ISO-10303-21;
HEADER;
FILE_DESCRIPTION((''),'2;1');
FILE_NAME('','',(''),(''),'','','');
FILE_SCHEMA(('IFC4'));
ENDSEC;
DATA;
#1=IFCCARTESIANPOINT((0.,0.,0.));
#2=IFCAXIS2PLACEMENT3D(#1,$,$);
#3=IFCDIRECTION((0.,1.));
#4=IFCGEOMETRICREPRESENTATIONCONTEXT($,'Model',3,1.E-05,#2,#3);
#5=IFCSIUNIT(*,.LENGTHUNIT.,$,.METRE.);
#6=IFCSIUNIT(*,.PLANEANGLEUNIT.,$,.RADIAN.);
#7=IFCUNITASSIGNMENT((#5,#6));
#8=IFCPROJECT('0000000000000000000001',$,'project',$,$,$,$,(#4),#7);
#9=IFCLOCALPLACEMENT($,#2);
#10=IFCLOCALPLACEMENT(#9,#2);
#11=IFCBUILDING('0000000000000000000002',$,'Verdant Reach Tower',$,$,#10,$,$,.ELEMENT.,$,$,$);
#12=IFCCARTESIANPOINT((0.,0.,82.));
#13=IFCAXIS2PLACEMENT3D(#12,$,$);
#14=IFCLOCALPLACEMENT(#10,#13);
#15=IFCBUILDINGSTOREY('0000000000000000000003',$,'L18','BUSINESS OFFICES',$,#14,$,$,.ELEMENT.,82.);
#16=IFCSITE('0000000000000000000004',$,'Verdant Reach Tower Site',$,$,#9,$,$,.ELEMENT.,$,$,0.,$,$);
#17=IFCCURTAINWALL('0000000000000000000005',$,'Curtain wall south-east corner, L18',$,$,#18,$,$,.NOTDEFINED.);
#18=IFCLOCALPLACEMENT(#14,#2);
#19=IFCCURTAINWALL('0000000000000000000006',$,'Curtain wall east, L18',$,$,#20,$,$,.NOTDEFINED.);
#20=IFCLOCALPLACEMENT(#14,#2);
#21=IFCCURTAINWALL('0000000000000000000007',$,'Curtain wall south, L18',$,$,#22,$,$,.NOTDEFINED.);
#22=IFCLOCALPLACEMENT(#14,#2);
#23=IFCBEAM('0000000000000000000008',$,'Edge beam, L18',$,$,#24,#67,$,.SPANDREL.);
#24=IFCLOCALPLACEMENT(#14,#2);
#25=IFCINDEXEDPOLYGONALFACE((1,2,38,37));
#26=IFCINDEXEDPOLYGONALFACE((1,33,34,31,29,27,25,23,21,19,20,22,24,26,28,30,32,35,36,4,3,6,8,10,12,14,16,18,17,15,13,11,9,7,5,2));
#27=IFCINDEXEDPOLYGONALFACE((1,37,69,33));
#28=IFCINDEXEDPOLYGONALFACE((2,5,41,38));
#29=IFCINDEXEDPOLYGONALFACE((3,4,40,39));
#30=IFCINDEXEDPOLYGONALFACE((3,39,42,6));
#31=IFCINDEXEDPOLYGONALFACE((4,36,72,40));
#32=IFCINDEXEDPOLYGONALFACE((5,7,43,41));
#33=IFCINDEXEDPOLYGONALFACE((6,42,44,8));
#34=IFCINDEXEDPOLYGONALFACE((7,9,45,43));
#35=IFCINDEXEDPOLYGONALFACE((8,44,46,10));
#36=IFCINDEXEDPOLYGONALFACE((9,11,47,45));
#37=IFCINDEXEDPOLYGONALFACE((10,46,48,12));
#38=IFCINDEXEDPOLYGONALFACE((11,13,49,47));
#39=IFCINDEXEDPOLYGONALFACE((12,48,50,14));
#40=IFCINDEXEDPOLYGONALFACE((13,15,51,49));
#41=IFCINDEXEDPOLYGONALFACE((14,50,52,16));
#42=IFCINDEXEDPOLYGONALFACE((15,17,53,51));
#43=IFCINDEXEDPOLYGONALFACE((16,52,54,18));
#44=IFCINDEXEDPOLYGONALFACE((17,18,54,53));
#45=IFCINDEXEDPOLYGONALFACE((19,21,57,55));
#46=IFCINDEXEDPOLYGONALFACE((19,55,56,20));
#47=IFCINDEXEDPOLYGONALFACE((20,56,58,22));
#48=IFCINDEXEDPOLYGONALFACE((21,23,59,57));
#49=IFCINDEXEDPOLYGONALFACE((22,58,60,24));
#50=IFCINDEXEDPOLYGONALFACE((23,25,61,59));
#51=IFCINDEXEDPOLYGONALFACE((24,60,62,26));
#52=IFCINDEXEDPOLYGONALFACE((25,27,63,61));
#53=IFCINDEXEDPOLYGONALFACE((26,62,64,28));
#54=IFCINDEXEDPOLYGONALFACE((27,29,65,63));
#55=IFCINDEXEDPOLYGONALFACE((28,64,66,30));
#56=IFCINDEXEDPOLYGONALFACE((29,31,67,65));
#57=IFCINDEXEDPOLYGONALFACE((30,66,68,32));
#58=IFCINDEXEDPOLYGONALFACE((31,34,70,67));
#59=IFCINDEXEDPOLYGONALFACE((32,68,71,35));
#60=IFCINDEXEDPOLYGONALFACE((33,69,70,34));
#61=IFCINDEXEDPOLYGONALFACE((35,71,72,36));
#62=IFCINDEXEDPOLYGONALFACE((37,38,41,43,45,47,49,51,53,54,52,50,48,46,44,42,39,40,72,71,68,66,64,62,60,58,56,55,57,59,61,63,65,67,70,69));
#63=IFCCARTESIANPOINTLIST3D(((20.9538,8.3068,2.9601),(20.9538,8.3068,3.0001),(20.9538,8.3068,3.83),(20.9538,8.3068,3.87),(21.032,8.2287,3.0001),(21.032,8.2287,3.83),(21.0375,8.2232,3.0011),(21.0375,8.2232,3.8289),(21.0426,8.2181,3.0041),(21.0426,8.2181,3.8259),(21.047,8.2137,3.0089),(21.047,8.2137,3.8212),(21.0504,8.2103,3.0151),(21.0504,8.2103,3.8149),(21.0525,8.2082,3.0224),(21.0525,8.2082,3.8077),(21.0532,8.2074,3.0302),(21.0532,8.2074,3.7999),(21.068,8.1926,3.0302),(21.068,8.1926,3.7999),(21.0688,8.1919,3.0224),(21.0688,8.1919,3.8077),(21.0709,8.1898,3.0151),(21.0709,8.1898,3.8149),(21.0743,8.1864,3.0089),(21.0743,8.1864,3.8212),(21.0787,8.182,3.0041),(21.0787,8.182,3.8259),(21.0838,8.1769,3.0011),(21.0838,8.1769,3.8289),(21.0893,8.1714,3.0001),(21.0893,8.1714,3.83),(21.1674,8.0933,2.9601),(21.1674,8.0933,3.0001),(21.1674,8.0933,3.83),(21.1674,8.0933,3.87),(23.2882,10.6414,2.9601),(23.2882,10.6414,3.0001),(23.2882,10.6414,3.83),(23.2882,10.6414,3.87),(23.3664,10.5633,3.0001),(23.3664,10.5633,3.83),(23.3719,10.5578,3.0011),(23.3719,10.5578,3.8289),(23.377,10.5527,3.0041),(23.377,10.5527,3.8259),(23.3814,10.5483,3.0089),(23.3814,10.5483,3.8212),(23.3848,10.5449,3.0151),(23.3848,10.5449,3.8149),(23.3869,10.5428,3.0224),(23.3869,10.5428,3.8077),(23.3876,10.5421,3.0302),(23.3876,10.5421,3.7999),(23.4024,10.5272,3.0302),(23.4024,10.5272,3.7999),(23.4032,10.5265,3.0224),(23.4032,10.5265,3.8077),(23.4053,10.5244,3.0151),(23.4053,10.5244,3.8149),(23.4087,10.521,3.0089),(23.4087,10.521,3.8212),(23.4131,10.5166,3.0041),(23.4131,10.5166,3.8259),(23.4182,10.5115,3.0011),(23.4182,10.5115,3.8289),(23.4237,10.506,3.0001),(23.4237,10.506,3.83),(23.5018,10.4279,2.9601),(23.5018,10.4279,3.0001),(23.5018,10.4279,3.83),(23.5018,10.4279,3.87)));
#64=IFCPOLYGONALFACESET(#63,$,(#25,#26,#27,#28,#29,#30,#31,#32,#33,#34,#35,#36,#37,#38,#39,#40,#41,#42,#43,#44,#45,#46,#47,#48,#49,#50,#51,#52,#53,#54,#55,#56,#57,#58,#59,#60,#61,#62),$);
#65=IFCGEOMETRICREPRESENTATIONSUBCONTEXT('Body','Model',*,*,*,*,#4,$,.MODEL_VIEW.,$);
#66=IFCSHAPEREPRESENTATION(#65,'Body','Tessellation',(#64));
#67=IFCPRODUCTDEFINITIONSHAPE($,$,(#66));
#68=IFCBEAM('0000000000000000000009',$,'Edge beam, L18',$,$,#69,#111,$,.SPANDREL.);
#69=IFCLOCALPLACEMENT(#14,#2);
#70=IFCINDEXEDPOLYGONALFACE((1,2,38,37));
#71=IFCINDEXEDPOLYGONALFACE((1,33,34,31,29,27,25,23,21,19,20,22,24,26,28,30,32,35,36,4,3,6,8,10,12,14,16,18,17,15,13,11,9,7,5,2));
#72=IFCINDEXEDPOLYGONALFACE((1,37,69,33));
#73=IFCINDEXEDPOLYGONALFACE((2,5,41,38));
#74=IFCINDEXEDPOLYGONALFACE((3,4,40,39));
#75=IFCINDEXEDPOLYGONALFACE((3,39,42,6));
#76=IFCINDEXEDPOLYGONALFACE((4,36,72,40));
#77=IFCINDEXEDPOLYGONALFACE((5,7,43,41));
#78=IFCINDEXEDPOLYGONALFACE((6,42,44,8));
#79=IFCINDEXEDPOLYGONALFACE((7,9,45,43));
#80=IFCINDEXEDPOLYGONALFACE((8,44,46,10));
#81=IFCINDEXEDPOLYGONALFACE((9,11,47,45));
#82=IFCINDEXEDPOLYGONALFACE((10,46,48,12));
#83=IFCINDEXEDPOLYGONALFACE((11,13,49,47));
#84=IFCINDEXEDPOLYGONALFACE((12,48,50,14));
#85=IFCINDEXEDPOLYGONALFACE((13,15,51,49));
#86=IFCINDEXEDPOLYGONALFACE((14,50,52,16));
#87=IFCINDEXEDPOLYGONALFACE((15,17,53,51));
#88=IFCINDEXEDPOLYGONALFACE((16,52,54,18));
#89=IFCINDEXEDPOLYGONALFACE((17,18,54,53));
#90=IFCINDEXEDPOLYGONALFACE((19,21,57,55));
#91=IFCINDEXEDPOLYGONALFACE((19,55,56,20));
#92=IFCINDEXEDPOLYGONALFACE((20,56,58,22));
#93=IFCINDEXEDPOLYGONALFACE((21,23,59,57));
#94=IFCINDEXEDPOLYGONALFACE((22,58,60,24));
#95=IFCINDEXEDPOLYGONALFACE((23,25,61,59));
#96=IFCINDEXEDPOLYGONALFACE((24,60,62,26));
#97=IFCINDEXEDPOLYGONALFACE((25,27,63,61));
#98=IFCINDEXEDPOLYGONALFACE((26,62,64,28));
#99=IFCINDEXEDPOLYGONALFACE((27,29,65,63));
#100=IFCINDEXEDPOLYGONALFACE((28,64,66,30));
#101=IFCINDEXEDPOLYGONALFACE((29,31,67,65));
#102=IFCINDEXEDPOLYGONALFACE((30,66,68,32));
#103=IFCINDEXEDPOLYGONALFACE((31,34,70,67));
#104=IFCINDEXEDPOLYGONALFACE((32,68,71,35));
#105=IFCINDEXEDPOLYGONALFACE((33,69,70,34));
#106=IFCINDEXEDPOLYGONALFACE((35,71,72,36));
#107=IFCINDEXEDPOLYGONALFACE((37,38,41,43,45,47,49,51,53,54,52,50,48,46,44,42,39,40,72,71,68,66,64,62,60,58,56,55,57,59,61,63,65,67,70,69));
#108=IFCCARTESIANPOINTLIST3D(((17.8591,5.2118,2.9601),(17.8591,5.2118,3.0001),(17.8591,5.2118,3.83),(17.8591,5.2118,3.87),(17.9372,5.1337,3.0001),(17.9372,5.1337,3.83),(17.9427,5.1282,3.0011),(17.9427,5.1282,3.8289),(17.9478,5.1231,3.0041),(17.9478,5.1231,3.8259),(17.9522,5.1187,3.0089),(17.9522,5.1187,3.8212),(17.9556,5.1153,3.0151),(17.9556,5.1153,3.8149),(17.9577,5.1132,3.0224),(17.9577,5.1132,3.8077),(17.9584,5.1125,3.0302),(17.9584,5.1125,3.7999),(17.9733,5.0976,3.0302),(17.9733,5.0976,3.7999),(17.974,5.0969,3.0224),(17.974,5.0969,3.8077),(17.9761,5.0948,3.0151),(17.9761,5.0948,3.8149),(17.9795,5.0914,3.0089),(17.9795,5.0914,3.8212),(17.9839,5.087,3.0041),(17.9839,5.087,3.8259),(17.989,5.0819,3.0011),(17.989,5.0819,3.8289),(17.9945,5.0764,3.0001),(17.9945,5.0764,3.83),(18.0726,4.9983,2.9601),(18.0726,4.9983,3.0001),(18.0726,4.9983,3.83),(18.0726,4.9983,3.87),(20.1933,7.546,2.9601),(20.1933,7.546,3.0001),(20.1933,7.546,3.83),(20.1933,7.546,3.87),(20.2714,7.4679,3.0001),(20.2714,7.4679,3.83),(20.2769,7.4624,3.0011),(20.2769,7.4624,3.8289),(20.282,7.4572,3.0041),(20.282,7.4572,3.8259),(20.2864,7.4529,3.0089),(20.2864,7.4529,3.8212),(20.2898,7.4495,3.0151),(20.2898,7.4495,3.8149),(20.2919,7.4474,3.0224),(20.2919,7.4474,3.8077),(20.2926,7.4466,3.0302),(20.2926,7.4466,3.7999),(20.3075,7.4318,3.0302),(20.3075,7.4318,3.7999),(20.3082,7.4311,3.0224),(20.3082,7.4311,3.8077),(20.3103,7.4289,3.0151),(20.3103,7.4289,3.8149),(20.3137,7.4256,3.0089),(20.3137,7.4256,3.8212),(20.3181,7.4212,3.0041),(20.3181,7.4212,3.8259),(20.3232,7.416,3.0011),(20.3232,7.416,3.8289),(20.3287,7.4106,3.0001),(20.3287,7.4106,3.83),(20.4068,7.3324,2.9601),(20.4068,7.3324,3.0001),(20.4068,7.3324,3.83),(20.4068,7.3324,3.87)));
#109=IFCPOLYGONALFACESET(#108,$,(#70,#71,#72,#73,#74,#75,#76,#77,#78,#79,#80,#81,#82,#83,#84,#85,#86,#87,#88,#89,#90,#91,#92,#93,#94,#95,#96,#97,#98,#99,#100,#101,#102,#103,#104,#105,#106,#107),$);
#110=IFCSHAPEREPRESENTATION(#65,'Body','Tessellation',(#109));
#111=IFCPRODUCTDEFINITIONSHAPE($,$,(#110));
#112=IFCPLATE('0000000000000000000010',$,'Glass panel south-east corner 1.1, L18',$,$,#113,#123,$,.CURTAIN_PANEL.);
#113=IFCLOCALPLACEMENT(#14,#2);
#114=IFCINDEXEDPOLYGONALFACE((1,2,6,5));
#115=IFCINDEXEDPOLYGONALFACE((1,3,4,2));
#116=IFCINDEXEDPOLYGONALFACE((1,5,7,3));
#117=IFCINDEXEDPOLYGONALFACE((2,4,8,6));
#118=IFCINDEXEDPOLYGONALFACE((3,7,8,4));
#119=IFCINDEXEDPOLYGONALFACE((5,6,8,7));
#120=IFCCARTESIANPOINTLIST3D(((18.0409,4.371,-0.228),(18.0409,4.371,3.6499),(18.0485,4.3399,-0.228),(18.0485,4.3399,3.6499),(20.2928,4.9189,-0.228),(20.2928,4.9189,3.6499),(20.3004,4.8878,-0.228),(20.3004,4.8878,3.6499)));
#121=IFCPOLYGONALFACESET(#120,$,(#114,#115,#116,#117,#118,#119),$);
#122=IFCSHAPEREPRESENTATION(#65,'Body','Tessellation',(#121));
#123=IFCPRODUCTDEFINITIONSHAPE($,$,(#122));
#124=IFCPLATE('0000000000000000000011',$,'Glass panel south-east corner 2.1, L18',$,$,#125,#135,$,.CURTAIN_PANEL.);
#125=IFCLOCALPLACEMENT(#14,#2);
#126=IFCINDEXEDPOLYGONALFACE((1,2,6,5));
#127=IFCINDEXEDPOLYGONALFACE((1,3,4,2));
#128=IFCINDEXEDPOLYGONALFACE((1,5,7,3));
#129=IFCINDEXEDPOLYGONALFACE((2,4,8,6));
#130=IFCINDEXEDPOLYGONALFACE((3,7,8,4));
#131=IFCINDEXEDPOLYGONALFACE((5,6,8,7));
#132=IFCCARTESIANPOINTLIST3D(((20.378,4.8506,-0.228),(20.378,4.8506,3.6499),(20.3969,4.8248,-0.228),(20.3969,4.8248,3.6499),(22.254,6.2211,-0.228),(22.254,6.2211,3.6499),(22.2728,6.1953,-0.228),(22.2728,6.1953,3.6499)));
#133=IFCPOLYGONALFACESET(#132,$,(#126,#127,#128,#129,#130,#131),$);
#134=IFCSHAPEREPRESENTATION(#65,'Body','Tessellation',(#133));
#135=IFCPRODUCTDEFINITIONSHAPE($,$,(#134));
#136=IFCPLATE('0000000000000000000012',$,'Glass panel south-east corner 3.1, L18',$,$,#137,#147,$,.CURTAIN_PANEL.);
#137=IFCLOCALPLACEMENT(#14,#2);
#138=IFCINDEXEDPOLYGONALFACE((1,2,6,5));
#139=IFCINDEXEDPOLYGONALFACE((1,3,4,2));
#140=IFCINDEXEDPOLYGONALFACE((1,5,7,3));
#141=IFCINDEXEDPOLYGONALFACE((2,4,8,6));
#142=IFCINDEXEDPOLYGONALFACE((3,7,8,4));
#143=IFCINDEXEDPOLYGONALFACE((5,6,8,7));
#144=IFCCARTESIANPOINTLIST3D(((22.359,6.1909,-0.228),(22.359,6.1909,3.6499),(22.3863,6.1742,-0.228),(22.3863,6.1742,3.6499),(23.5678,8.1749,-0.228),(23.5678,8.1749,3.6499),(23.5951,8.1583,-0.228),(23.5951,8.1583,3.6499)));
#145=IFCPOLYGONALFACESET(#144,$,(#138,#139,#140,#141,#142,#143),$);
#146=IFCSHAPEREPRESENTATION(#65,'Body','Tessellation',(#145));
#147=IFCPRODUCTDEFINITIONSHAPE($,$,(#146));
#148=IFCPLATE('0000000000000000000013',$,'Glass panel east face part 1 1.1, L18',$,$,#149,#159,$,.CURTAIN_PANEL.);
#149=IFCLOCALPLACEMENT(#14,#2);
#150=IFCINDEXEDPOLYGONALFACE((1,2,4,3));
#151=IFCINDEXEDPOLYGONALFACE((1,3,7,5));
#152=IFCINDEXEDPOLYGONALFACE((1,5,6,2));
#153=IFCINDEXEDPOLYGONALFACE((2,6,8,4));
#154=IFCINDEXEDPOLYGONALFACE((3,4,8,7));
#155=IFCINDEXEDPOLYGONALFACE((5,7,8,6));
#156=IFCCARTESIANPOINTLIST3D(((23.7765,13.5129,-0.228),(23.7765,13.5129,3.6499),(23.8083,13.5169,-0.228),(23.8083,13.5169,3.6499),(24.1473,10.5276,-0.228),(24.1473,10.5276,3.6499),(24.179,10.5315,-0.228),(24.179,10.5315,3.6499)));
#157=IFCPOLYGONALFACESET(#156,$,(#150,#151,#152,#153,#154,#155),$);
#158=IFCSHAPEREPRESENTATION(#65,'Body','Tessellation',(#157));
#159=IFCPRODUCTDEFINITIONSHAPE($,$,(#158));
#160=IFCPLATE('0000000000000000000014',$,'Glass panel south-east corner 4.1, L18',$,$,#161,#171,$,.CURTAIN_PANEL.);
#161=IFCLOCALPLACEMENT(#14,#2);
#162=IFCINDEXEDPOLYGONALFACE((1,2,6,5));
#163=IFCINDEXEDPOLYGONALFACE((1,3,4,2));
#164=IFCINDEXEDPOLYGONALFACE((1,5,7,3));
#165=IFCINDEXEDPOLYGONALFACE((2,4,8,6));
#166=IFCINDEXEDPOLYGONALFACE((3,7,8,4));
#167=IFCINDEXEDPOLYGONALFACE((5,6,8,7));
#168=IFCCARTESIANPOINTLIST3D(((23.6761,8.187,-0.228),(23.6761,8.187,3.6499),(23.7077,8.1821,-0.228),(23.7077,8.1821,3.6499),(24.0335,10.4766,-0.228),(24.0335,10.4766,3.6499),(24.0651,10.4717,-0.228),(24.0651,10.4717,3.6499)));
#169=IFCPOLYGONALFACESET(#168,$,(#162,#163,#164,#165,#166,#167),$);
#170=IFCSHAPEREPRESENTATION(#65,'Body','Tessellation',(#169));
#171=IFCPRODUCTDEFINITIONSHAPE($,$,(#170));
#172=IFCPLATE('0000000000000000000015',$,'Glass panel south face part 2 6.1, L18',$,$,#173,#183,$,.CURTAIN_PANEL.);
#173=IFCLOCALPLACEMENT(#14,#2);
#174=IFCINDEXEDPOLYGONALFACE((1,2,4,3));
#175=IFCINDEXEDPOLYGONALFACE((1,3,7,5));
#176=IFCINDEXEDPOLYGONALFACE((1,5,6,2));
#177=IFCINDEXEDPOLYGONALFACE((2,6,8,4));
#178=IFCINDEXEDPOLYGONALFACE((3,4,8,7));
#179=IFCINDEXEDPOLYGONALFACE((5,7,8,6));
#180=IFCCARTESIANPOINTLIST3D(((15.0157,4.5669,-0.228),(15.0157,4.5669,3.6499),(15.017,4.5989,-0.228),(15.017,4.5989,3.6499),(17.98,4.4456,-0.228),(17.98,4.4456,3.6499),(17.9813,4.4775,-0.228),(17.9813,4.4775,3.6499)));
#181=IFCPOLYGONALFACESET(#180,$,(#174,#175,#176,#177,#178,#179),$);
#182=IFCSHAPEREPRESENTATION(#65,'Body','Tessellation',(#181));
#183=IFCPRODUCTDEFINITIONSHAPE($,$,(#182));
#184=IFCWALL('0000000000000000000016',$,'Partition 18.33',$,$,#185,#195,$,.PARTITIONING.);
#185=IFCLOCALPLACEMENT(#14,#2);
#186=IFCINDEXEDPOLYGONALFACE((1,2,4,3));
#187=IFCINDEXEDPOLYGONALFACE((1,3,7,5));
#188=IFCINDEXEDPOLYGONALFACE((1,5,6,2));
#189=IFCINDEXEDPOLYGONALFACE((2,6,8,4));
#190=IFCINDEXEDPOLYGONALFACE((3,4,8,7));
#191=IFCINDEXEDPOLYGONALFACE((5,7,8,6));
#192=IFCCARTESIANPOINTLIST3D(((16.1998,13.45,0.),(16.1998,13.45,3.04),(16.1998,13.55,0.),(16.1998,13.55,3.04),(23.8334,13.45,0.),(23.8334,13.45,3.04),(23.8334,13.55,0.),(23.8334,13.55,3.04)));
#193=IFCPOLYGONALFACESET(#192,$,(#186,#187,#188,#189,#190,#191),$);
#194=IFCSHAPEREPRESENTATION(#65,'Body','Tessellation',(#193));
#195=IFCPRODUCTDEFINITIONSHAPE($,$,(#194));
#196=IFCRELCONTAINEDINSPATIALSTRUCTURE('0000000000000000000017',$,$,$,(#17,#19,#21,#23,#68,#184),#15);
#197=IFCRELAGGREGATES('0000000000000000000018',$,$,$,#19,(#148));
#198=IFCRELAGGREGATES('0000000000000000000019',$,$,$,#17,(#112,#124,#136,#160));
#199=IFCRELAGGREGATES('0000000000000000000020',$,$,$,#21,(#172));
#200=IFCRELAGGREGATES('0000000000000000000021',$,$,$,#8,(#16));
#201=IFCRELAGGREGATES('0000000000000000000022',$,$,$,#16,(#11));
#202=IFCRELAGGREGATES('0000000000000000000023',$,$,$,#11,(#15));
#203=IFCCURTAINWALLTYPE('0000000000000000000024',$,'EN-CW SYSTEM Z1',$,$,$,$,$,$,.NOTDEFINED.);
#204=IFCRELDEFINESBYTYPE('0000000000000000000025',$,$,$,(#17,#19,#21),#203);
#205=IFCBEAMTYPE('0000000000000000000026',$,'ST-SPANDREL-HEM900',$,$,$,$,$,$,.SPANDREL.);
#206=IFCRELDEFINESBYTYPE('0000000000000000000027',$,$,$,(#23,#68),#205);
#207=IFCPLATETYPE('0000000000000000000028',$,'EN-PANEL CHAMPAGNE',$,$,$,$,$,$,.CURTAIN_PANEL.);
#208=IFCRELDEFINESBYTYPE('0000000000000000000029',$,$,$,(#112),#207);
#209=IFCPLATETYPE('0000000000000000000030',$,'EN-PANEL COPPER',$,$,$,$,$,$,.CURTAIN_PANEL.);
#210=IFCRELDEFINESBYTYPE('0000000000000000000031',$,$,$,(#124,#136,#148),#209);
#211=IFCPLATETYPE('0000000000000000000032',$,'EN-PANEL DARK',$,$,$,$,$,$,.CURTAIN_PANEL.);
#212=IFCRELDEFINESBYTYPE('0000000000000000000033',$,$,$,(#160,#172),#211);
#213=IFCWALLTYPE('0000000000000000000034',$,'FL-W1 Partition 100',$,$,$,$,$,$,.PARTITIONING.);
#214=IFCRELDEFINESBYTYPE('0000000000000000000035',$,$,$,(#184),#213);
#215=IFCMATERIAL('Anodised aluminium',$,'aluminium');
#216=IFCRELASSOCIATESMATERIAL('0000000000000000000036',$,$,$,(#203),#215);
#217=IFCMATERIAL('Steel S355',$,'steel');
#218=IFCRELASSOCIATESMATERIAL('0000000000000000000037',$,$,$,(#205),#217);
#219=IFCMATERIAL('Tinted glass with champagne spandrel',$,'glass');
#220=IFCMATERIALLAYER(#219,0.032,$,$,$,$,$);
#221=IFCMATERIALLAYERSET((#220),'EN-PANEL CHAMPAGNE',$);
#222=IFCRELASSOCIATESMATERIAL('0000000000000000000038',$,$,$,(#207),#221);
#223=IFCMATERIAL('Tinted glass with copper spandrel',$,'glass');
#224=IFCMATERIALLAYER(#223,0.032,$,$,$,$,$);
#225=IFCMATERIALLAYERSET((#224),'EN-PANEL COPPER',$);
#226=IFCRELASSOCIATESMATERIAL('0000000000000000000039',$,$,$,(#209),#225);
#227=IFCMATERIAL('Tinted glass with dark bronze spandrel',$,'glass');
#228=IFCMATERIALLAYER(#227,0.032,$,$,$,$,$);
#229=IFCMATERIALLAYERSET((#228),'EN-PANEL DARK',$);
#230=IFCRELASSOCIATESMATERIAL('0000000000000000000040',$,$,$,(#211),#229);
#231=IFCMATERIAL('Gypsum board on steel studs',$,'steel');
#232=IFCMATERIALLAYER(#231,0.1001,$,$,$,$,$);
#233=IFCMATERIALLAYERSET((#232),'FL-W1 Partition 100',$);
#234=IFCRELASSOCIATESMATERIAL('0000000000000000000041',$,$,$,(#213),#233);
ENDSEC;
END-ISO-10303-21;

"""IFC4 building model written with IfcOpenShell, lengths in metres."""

from ifc_helpers import new_model, si_unit, direction, frame, frame_2d, origin, origin_2d, place, context, subcontext, project, spatial, rectangle, i_section, extrude, material, layer, layer_set, material_profile, profile_set, type_object, element, aggregate, save


model = new_model("IFC4")

# Units and contexts
model_context = context("Model", 3, precision=1e-05, world=origin(), true_north=direction((0.0, 1.0)))
body_context = subcontext(model_context, "Body", "Model", "MODEL_VIEW")
ifc_project = project(units=[si_unit("LENGTHUNIT", "METRE"), si_unit("PLANEANGLEUNIT", "RADIAN")], contexts=[model_context])

# Site, building, storey
site_placement = place(None, origin())
site = spatial("IfcSite", under=ifc_project, at=site_placement, Name="Verdant Reach Tower Site", CompositionType="ELEMENT", RefElevation=0.0)
building_placement = place(site_placement, origin())
building = spatial("IfcBuilding", under=site, at=building_placement, Name="Verdant Reach Tower", CompositionType="ELEMENT")
storey_placement = place(building_placement, frame((0.0, 0.0, 82.0)))
storey = spatial("IfcBuildingStorey", under=building, at=storey_placement, Name="L18", Description="BUSINESS OFFICES", CompositionType="ELEMENT", Elevation=82.0)

# Curtain wall
ifc_material_1 = material(Name="Anodised aluminium", Category="aluminium")
curtain_wall_type = type_object("IfcCurtainWallType", Name="EN-CW SYSTEM Z1", PredefinedType="NOTDEFINED", material=ifc_material_1)
curtain_wall_1_placement = place(storey_placement, origin())
curtain_wall_1 = element("IfcCurtainWall", 1, at=curtain_wall_1_placement, inside=storey, type_object=curtain_wall_type, Name="Curtain wall south-east corner, L18", PredefinedType="NOTDEFINED")

# Curtain walls
curtain_wall_2_placement = place(storey_placement, origin())
curtain_wall_2 = element("IfcCurtainWall", 2, at=curtain_wall_2_placement, inside=storey, type_object=curtain_wall_type, Name="Curtain wall east, L18", PredefinedType="NOTDEFINED")
curtain_wall_3_placement = place(storey_placement, origin())
curtain_wall_3 = element("IfcCurtainWall", 3, at=curtain_wall_3_placement, inside=storey, type_object=curtain_wall_type, Name="Curtain wall south, L18", PredefinedType="NOTDEFINED")

# Beams
ifc_material_2 = material(Name="Steel S355", Category="steel")
ifc_material_profile_1 = material_profile(ifc_material_2, i_section(OverallWidth=0.302, OverallDepth=0.9099, WebThickness=0.021, FlangeThickness=0.04, FilletRadius=0.03, at=origin_2d()), Name="HEM 900")
ifc_profile_set_1 = profile_set([ifc_material_profile_1], Name="Steel S355")
beam_type_1 = type_object("IfcBeamType", Name="ST-SPANDREL-HEM900", PredefinedType="SPANDREL", material=ifc_profile_set_1)
beam_1_placement = place(storey_placement, frame((23.395, 10.5347, 3.415), z_axis=(-0.70707, -0.707144, 0.0), x_axis=(0.707144, -0.70707, 0.0)))
element("IfcBeam", 4, at=beam_1_placement, inside=storey, type_object=beam_type_1, Name="Edge beam, L18", PredefinedType="SPANDREL", context=body_context, shape_type="SweptSolid", body=[
    extrude(i_section(OverallWidth=0.302, OverallDepth=0.9099, WebThickness=0.021, FlangeThickness=0.04, FilletRadius=0.03, at=origin_2d()), origin(), (0.0, 0.0, 1.0), 3.3015),
])
beam_2_placement = place(storey_placement, frame((20.3, 7.4392, 3.415), z_axis=(-0.707107, -0.707107, 0.0), x_axis=(0.707107, -0.707107, 0.0)))
element("IfcBeam", 5, at=beam_2_placement, inside=storey, type_object=beam_type_1, Name="Edge beam, L18", PredefinedType="SPANDREL", context=body_context, shape_type="SweptSolid", body=[
    extrude(i_section(OverallWidth=0.302, OverallDepth=0.9099, WebThickness=0.021, FlangeThickness=0.04, FilletRadius=0.03, at=origin_2d()), origin(), (0.0, 0.0, 1.0), 3.301),
])

# Plates
ifc_material_3 = material(Name="Tinted glass with champagne spandrel", Category="glass")
ifc_layer_1 = layer(ifc_material_3, 0.032)
ifc_layer_set_1 = layer_set([ifc_layer_1], Name="EN-PANEL CHAMPAGNE")
plate_type_1 = type_object("IfcPlateType", Name="EN-PANEL CHAMPAGNE", PredefinedType="CURTAIN_PANEL", material=ifc_layer_set_1)
plate_1_placement = place(storey_placement, frame((19.1707, 4.6294, -0.228), z_axis=(0.0, 0.0, 1.0), x_axis=(0.971661, 0.23638, 0.0)))
plate_1 = element("IfcPlate", 6, at=plate_1_placement, type_object=plate_type_1, Name="Glass panel south-east corner 1.1, L18", PredefinedType="CURTAIN_PANEL", context=body_context, shape_type="SweptSolid", body=[
    extrude(rectangle(XDim=2.3176, YDim=0.032, at=origin_2d()), origin(), (0.0, 0.0, 1.0), 3.8779),
])
ifc_material_4 = material(Name="Tinted glass with copper spandrel", Category="glass")
ifc_layer_2 = layer(ifc_material_4, 0.032)
ifc_layer_set_2 = layer_set([ifc_layer_2], Name="EN-PANEL COPPER")
plate_type_2 = type_object("IfcPlateType", Name="EN-PANEL COPPER", PredefinedType="CURTAIN_PANEL", material=ifc_layer_set_2)
plate_2_placement = place(storey_placement, frame((21.3254, 5.5229, -0.228), z_axis=(0.0, 0.0, 1.0), x_axis=(0.807457, 0.589927, 0.0)))
plate_2 = element("IfcPlate", 7, at=plate_2_placement, type_object=plate_type_2, Name="Glass panel south-east corner 2.1, L18", PredefinedType="CURTAIN_PANEL", context=body_context, shape_type="SweptSolid", body=[
    extrude(rectangle(XDim=2.3232, YDim=0.032, at=origin_2d()), origin(), (0.0, 0.0, 1.0), 3.8779),
])
plate_3_placement = place(storey_placement, frame((22.9771, 7.1746, -0.228), z_axis=(0.0, 0.0, 1.0), x_axis=(0.520292, 0.853989, 0.0)))
plate_3 = element("IfcPlate", 8, at=plate_3_placement, type_object=plate_type_2, Name="Glass panel south-east corner 3.1, L18", PredefinedType="CURTAIN_PANEL", context=body_context, shape_type="SweptSolid", body=[
    extrude(rectangle(XDim=2.3232, YDim=0.032, at=origin_2d()), origin(), (0.0, 0.0, 1.0), 3.8779),
])
plate_4_placement = place(storey_placement, frame((23.9778, 12.0222, -0.228), z_axis=(0.0, 0.0, 1.0), x_axis=(-0.123256, 0.992375, 0.0)))
plate_4 = element("IfcPlate", 9, at=plate_4_placement, type_object=plate_type_2, Name="Glass panel east face part 1 1.1, L18", PredefinedType="CURTAIN_PANEL", context=body_context, shape_type="SweptSolid", body=[
    extrude(rectangle(XDim=3.0083, YDim=0.032, at=origin_2d()), origin(), (0.0, 0.0, 1.0), 3.8779),
])
aggregate(curtain_wall_2, [plate_4])
ifc_material_5 = material(Name="Tinted glass with dark bronze spandrel", Category="glass")
ifc_layer_3 = layer(ifc_material_5, 0.032)
ifc_layer_set_3 = layer_set([ifc_layer_3], Name="EN-PANEL DARK")
plate_type_3 = type_object("IfcPlateType", Name="EN-PANEL DARK", PredefinedType="CURTAIN_PANEL", material=ifc_layer_set_3)
plate_5_placement = place(storey_placement, frame((23.8706, 9.3293, -0.228), z_axis=(0.0, 0.0, 1.0), x_axis=(0.154248, 0.988032, 0.0)))
plate_5 = element("IfcPlate", 10, at=plate_5_placement, type_object=plate_type_3, Name="Glass panel south-east corner 4.1, L18", PredefinedType="CURTAIN_PANEL", context=body_context, shape_type="SweptSolid", body=[
    extrude(rectangle(XDim=2.3174, YDim=0.032, at=origin_2d()), origin(), (0.0, 0.0, 1.0), 3.8779),
])
aggregate(curtain_wall_1, [plate_1, plate_2, plate_3, plate_5])
plate_6_placement = place(storey_placement, frame((16.4985, 4.5222, -0.228), z_axis=(0.0, 0.0, 1.0), x_axis=(0.999163, -0.04091, 0.0)))
plate_6 = element("IfcPlate", 11, at=plate_6_placement, type_object=plate_type_3, Name="Glass panel south face part 2 6.1, L18", PredefinedType="CURTAIN_PANEL", context=body_context, shape_type="SweptSolid", body=[
    extrude(rectangle(XDim=2.9668, YDim=0.032, at=origin_2d()), origin(), (0.0, 0.0, 1.0), 3.8779),
])
aggregate(curtain_wall_3, [plate_6])

# Wall
ifc_material_6 = material(Name="Gypsum board on steel studs", Category="steel")
ifc_layer_4 = layer(ifc_material_6, 0.1001)
ifc_layer_set_4 = layer_set([ifc_layer_4], Name="FL-W1 Partition 100")
wall_type_1 = type_object("IfcWallType", Name="FL-W1 Partition 100", PredefinedType="PARTITIONING", material=ifc_layer_set_4)
wall_1_placement = place(storey_placement, frame((23.8335, 13.5, 0.0), z_axis=(0.0, 0.0, 1.0), x_axis=(-1.0, 0.0, 0.0)))
element("IfcWall", 12, at=wall_1_placement, inside=storey, type_object=wall_type_1, Name="Partition 18.33", PredefinedType="PARTITIONING", context=body_context, shape_type="SweptSolid", body=[
    extrude(rectangle(XDim=7.6335, YDim=0.1001, at=frame_2d((3.8169, 0.0))), origin(), (0.0, 0.0, 1.0), 3.04),
])

save(model, "model.ifc")
